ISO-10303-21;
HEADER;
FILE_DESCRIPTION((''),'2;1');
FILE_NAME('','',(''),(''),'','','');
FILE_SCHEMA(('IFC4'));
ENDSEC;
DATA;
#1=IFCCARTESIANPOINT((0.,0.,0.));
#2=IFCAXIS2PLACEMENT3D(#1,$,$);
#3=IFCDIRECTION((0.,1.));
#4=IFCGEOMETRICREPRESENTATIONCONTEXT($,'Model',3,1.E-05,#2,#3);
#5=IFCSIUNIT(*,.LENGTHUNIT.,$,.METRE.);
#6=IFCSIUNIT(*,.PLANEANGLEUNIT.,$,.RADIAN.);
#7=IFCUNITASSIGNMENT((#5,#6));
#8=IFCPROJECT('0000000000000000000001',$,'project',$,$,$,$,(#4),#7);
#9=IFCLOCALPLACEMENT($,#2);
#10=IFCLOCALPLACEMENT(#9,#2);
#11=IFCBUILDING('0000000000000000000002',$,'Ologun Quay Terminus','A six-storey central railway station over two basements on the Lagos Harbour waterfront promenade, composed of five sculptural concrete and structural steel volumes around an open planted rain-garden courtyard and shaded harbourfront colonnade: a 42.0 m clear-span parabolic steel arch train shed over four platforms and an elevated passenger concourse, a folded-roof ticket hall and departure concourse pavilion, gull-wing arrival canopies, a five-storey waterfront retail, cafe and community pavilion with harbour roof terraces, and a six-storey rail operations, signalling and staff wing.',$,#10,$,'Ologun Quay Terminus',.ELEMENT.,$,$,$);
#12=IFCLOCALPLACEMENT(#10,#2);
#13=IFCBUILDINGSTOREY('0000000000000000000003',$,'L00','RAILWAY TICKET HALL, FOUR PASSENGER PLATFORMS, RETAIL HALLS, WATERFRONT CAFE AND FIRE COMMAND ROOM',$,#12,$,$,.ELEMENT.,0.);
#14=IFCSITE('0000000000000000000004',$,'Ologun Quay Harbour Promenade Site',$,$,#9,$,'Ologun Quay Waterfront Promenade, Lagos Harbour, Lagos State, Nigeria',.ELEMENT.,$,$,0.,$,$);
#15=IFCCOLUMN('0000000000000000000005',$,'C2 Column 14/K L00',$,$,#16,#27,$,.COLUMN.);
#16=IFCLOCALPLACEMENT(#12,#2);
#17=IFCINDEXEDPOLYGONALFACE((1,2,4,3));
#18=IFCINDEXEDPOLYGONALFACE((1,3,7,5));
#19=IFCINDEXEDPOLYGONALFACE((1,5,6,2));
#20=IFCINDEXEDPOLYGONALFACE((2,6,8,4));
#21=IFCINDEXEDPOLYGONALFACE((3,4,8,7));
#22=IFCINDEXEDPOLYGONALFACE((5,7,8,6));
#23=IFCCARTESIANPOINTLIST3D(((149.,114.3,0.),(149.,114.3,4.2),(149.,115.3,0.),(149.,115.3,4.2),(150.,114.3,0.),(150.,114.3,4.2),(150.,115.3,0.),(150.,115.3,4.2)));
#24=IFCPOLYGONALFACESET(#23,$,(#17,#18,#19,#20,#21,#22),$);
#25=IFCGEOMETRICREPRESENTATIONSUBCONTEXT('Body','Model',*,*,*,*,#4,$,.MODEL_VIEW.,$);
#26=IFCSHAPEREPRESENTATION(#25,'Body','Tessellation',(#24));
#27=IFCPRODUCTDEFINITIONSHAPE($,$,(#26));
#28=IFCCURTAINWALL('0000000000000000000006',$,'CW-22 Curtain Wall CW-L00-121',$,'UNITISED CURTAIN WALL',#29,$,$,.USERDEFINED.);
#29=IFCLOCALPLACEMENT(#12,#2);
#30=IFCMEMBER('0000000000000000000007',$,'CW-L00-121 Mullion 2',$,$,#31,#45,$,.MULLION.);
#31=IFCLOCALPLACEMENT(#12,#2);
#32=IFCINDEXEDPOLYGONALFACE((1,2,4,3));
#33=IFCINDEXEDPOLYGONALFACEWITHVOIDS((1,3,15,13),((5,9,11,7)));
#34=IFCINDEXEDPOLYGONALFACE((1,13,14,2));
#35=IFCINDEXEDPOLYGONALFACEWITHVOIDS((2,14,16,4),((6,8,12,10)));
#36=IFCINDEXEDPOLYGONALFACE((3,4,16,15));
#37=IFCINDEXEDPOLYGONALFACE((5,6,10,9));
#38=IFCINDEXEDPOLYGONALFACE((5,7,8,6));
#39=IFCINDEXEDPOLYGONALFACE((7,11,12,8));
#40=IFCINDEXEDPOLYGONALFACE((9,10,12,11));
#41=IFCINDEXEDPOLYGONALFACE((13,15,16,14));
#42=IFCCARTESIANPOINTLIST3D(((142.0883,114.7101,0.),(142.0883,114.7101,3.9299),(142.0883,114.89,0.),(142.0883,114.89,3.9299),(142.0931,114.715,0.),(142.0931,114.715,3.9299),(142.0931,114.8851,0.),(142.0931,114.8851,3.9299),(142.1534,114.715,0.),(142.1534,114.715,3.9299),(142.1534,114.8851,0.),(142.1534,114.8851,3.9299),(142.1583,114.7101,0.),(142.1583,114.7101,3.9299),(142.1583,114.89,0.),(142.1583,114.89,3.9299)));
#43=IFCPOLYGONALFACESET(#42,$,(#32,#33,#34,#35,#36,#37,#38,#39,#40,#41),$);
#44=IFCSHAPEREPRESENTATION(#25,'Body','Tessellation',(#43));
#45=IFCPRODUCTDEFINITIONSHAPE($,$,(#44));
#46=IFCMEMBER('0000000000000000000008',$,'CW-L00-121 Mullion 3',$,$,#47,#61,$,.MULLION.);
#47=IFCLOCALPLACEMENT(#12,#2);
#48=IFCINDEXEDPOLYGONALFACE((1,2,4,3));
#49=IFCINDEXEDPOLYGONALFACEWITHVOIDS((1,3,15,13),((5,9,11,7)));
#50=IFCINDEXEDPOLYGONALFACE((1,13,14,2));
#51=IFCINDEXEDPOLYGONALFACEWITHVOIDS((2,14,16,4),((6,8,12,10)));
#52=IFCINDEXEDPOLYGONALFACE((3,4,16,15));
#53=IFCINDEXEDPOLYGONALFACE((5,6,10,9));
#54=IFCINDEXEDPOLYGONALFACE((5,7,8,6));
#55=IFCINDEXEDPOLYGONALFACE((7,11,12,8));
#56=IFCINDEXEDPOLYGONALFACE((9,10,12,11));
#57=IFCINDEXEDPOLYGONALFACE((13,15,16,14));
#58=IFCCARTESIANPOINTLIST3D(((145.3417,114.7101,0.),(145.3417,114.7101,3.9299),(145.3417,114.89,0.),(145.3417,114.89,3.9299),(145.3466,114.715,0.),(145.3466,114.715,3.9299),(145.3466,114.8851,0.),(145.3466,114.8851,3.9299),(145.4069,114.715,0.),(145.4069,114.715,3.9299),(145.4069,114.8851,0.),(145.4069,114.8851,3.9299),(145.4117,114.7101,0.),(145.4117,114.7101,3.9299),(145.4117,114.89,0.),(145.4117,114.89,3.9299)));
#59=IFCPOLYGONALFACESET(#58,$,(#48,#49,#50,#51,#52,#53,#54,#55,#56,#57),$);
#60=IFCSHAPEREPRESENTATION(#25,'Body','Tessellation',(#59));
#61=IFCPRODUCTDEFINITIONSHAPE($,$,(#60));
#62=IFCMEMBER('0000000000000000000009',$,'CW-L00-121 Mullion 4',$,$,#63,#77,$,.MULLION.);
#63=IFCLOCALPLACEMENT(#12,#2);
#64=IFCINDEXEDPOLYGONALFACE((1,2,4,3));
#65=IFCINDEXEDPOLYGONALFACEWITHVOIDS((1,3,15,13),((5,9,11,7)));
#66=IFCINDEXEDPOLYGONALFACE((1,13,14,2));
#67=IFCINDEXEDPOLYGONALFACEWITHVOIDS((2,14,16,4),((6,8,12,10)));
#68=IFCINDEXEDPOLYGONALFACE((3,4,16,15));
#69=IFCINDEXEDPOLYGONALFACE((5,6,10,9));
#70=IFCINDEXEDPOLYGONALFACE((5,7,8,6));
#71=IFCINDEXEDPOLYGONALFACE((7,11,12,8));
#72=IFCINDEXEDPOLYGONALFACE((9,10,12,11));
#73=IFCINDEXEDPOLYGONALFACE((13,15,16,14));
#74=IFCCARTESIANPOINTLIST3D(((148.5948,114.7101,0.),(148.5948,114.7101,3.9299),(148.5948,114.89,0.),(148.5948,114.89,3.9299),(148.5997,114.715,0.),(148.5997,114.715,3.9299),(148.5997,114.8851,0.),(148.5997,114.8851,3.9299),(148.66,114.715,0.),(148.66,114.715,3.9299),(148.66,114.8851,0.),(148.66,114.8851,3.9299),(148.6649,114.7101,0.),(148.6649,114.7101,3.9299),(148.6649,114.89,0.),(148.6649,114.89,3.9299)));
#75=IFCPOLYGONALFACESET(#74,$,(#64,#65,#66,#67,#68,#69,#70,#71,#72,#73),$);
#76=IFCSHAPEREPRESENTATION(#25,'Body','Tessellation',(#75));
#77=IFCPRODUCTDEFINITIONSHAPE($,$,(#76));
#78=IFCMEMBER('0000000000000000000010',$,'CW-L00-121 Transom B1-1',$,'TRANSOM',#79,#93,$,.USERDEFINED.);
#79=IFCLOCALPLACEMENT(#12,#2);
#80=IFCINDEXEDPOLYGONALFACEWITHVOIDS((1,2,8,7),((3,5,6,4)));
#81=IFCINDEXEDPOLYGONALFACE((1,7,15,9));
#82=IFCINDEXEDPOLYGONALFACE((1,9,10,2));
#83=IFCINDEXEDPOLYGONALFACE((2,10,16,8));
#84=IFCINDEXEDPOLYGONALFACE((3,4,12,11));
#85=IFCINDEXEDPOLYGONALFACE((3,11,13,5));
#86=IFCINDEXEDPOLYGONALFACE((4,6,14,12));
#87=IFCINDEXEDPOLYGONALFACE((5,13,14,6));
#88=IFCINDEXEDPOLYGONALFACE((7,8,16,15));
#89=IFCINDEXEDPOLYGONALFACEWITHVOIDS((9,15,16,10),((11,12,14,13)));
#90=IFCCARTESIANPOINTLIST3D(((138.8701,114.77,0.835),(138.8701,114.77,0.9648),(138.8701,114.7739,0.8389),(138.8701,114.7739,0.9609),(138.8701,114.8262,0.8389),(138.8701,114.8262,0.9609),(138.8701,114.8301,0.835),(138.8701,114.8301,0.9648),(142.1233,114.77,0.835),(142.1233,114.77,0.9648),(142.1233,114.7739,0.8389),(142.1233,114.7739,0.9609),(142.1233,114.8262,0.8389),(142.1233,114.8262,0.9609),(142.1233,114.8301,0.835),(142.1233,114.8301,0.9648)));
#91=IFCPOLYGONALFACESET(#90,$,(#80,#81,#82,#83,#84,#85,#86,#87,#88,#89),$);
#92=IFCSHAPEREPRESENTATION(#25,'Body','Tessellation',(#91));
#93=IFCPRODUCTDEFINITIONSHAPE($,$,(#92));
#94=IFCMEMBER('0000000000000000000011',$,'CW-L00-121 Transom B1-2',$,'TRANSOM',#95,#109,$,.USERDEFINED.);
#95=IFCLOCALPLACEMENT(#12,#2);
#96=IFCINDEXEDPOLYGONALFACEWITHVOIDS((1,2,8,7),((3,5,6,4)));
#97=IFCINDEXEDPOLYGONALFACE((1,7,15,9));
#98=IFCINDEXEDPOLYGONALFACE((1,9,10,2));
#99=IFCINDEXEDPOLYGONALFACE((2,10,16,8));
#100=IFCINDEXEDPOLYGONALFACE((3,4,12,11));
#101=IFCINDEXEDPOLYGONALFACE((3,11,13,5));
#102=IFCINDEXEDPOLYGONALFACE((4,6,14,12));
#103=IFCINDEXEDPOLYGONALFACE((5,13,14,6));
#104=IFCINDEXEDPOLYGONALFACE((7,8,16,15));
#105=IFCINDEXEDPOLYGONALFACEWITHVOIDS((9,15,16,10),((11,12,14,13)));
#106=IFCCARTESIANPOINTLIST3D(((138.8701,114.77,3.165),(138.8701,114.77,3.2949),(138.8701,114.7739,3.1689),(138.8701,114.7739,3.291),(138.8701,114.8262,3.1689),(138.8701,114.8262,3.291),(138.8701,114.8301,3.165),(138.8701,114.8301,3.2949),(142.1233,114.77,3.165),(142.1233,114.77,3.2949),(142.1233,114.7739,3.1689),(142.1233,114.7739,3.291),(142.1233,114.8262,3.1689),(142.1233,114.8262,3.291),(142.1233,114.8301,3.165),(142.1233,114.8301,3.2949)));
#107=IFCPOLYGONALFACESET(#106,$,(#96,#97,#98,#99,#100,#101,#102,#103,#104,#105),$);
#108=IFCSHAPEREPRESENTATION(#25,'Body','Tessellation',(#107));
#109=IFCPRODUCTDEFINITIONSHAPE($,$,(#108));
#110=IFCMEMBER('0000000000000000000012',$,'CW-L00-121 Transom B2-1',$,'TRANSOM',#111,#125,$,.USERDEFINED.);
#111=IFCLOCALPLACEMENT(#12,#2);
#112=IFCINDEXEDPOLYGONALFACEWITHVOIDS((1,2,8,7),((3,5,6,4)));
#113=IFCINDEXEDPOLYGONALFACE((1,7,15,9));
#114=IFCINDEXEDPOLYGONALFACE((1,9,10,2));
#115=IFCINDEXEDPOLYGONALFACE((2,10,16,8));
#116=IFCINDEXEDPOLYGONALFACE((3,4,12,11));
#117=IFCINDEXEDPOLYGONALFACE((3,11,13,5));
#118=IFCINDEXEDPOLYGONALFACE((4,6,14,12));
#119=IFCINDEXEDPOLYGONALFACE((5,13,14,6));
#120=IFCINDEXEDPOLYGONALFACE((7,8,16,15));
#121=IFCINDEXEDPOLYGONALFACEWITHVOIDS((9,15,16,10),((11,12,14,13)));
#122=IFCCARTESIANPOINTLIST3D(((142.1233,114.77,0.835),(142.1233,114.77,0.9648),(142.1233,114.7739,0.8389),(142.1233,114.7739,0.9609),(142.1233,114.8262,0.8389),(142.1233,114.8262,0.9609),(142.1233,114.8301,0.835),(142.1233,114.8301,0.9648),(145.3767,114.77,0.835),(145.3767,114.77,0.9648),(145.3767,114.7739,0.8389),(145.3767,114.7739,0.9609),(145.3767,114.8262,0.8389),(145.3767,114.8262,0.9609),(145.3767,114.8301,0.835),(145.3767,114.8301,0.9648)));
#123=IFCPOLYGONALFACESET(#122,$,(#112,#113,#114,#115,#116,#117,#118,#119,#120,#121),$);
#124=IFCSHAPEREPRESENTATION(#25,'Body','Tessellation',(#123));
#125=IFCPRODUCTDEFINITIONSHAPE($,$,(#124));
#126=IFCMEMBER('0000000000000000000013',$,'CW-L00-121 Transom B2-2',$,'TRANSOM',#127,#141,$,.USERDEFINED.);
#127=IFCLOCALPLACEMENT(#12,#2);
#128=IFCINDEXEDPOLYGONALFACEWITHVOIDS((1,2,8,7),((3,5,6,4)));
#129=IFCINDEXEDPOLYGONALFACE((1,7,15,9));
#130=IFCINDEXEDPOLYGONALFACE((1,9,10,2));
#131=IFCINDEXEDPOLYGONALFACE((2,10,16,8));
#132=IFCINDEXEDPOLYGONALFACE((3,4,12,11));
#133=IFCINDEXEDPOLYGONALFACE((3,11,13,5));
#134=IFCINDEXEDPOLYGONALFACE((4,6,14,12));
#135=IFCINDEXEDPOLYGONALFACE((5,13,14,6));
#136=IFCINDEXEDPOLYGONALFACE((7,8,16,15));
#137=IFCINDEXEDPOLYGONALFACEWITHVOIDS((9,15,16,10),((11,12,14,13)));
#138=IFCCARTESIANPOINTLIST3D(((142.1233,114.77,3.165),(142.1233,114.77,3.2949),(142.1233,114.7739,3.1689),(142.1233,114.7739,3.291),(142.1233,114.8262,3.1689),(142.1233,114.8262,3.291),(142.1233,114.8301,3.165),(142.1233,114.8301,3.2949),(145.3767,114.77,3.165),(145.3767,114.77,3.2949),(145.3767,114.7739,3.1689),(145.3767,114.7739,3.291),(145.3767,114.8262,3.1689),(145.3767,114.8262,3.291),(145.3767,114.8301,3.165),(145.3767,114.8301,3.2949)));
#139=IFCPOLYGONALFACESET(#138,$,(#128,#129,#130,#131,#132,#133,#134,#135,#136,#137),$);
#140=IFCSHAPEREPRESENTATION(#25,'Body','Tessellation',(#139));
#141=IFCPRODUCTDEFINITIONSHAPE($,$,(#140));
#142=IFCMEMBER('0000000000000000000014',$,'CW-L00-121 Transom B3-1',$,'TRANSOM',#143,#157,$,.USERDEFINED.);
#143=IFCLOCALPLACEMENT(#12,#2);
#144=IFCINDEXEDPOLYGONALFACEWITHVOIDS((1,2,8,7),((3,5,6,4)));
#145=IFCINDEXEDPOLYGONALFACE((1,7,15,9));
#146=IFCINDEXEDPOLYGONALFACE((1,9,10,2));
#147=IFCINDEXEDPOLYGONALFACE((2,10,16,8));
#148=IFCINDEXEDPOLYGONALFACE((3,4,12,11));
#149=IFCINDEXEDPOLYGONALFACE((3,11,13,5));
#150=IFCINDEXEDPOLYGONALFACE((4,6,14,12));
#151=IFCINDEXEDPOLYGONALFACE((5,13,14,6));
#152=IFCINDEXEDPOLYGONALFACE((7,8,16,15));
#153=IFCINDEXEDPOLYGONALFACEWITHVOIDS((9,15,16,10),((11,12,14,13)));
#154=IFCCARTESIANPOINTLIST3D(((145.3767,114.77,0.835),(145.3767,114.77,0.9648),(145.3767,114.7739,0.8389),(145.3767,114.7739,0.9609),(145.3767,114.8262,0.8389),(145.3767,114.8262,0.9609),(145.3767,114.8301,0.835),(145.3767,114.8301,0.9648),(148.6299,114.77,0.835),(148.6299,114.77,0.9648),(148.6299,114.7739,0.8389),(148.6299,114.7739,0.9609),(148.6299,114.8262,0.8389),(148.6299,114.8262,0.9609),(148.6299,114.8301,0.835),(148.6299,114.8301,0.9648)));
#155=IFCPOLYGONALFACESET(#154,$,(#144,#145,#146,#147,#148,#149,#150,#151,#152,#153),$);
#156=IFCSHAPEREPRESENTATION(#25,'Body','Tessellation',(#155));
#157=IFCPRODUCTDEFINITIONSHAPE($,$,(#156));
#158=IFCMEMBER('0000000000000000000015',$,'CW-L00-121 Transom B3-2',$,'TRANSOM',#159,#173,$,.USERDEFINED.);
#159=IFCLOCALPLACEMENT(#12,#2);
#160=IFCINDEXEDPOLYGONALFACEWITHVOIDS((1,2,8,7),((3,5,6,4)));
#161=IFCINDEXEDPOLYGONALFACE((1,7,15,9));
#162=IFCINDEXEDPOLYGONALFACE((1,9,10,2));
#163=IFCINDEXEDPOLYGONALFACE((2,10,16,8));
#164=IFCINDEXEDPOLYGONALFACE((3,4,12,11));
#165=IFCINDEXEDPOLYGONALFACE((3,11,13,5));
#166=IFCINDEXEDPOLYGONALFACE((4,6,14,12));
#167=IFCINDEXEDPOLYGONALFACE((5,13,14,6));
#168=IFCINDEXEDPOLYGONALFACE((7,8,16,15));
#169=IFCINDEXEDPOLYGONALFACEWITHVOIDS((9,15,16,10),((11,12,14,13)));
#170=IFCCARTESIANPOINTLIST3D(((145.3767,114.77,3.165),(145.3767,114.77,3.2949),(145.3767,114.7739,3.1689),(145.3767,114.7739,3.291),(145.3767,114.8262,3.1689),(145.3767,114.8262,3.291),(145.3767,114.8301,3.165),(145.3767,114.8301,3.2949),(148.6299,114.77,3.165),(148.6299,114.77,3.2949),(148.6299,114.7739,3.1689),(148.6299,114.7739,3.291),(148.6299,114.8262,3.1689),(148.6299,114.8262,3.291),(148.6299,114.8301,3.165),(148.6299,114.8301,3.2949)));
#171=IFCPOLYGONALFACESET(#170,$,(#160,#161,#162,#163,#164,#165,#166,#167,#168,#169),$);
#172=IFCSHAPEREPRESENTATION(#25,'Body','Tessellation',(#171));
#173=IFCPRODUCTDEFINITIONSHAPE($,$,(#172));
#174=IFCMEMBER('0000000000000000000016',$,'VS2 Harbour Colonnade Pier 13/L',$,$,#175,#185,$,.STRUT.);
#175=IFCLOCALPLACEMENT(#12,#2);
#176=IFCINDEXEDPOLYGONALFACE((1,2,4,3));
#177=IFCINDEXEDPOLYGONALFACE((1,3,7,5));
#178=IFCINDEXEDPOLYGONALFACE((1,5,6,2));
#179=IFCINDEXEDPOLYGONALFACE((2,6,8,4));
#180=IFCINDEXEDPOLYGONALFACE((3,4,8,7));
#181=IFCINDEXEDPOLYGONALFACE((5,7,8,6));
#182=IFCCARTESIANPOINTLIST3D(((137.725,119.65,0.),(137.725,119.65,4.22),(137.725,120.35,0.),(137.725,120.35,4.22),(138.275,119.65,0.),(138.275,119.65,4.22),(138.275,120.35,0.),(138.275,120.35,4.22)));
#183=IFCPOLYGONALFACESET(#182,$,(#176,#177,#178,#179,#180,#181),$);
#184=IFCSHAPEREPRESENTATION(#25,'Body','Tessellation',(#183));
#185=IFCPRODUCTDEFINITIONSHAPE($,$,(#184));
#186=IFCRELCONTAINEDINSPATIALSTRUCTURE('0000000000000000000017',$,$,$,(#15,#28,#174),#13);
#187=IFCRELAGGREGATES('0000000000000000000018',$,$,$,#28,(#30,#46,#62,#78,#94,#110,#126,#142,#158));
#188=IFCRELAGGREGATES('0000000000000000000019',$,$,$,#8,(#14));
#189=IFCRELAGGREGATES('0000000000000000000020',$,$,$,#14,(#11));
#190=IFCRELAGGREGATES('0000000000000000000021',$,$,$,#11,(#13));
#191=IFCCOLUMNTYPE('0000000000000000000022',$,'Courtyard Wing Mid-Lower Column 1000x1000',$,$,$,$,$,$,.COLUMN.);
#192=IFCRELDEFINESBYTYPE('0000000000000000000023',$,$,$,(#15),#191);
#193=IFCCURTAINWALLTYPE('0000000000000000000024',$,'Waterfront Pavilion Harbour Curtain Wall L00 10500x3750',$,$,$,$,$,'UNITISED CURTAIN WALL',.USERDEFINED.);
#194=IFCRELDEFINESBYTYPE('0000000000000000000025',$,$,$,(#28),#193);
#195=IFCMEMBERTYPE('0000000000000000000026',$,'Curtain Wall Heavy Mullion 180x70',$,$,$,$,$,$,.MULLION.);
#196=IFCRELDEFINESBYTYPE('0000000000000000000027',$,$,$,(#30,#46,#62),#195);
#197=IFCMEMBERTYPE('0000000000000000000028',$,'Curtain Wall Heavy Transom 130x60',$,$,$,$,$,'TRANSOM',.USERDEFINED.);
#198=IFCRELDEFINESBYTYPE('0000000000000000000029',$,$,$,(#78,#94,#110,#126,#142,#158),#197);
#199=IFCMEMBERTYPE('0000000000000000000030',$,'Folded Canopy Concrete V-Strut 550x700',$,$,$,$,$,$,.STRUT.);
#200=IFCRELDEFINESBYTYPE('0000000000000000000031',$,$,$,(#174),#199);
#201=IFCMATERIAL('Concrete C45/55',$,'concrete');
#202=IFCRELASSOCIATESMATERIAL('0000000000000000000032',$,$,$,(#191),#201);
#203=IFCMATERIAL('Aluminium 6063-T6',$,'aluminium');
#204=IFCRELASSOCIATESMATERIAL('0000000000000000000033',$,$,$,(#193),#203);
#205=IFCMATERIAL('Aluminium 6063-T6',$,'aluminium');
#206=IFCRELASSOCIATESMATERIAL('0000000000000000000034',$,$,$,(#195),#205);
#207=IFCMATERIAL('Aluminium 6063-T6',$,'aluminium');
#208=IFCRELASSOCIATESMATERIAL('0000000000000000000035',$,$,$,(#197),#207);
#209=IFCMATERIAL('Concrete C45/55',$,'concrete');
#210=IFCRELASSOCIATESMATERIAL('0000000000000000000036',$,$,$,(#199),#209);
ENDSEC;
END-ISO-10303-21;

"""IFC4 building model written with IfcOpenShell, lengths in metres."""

from ifc_helpers import new_model, si_unit, direction, frame, origin, origin_2d, place, context, subcontext, project, spatial, rectangle, hollow_rectangle, extrude, material, material_profile, profile_set, type_object, element, aggregate, save


model = new_model("IFC4")

# Units and contexts
model_context = context("Model", 3, precision=1e-05, world=origin(), true_north=direction((0.0, 1.0)))
body_context = subcontext(model_context, "Body", "Model", "MODEL_VIEW")
ifc_project = project(units=[si_unit("LENGTHUNIT", "METRE"), si_unit("PLANEANGLEUNIT", "RADIAN")], contexts=[model_context])

# Site, building, storey
site_placement = place(None, origin())
site = spatial("IfcSite", under=ifc_project, at=site_placement, Name="Ologun Quay Harbour Promenade Site", LongName="Ologun Quay Waterfront Promenade, Lagos Harbour, Lagos State, Nigeria", CompositionType="ELEMENT", RefElevation=0.0)
building_placement = place(site_placement, origin())
building = spatial("IfcBuilding", under=site, at=building_placement, Name="Ologun Quay Terminus", Description="A six-storey central railway station over two basements on the Lagos Harbour waterfront promenade, composed of five sculptural concrete and structural steel volumes around an open planted rain-garden courtyard and shaded harbourfront colonnade: a 42.0 m clear-span parabolic steel arch train shed over four platforms and an elevated passenger concourse, a folded-roof ticket hall and departure concourse pavilion, gull-wing arrival canopies, a five-storey waterfront retail, cafe and community pavilion with harbour roof terraces, and a six-storey rail operations, signalling and staff wing.", LongName="Ologun Quay Terminus", CompositionType="ELEMENT")
storey_placement = place(building_placement, origin())
storey = spatial("IfcBuildingStorey", under=building, at=storey_placement, Name="L00", Description="RAILWAY TICKET HALL, FOUR PASSENGER PLATFORMS, RETAIL HALLS, WATERFRONT CAFE AND FIRE COMMAND ROOM", CompositionType="ELEMENT", Elevation=0.0)

# Column
ifc_material_1 = material(Name="Concrete C45/55", Category="concrete")
ifc_material_profile_1 = material_profile(ifc_material_1, rectangle(XDim=1.0, YDim=1.0, at=origin_2d()), Name="RC 1000x1000")
ifc_profile_set_1 = profile_set([ifc_material_profile_1], Name="Concrete C45/55")
column_type = type_object("IfcColumnType", Name="Courtyard Wing Mid-Lower Column 1000x1000", PredefinedType="COLUMN", material=ifc_profile_set_1)
column_placement = place(storey_placement, frame((149.5, 114.8, 0.0), z_axis=(0.0, 0.0, 1.0), x_axis=(1.0, 0.0, 0.0)))
element("IfcColumn", 1, at=column_placement, inside=storey, type_object=column_type, Name="C2 Column 14/K L00", PredefinedType="COLUMN", context=body_context, shape_type="SweptSolid", body=[
    extrude(rectangle(XDim=1.0, YDim=1.0, at=origin_2d()), origin(), (0.0, 0.0, 1.0), 4.2),
])

# Curtain wall, members
ifc_material_2 = material(Name="Aluminium 6063-T6", Category="aluminium")
curtain_wall_type = type_object("IfcCurtainWallType", Name="Waterfront Pavilion Harbour Curtain Wall L00 10500x3750", ElementType="UNITISED CURTAIN WALL", PredefinedType="USERDEFINED", material=ifc_material_2)
curtain_wall_placement = place(storey_placement, origin())
curtain_wall = element("IfcCurtainWall", 2, at=curtain_wall_placement, inside=storey, type_object=curtain_wall_type, Name="CW-22 Curtain Wall CW-L00-121", ObjectType="UNITISED CURTAIN WALL", PredefinedType="USERDEFINED")
ifc_material_3 = material(Name="Aluminium 6063-T6", Category="aluminium")
ifc_material_profile_2 = material_profile(ifc_material_3, hollow_rectangle(XDim=0.0701, YDim=0.1799, WallThickness=0.0049, at=origin_2d()), Name="ALU 180x70x5")
ifc_profile_set_2 = profile_set([ifc_material_profile_2], Name="Aluminium 6063-T6")
member_type_1 = type_object("IfcMemberType", Name="Curtain Wall Heavy Mullion 180x70", PredefinedType="MULLION", material=ifc_profile_set_2)
member_1_placement = place(storey_placement, frame((142.1233, 114.8, 0.0), z_axis=(0.0, 0.0, 1.0), x_axis=(1.0, 0.0, 0.0)))
member_1 = element("IfcMember", 3, at=member_1_placement, type_object=member_type_1, Name="CW-L00-121 Mullion 2", PredefinedType="MULLION", context=body_context, shape_type="SweptSolid", body=[
    extrude(hollow_rectangle(XDim=0.0701, YDim=0.1799, WallThickness=0.0049, at=origin_2d()), origin(), (0.0, 0.0, 1.0), 3.9299),
])
member_2_placement = place(storey_placement, frame((145.3767, 114.8, 0.0), z_axis=(0.0, 0.0, 1.0), x_axis=(1.0, 0.0, 0.0)))
member_2 = element("IfcMember", 4, at=member_2_placement, type_object=member_type_1, Name="CW-L00-121 Mullion 3", PredefinedType="MULLION", context=body_context, shape_type="SweptSolid", body=[
    extrude(hollow_rectangle(XDim=0.0701, YDim=0.1799, WallThickness=0.0049, at=origin_2d()), origin(), (0.0, 0.0, 1.0), 3.9299),
])
member_3_placement = place(storey_placement, frame((148.6299, 114.8, 0.0), z_axis=(0.0, 0.0, 1.0), x_axis=(1.0, 0.0, 0.0)))
member_3 = element("IfcMember", 5, at=member_3_placement, type_object=member_type_1, Name="CW-L00-121 Mullion 4", PredefinedType="MULLION", context=body_context, shape_type="SweptSolid", body=[
    extrude(hollow_rectangle(XDim=0.0701, YDim=0.1799, WallThickness=0.0049, at=origin_2d()), origin(), (0.0, 0.0, 1.0), 3.9299),
])
ifc_material_4 = material(Name="Aluminium 6063-T6", Category="aluminium")
ifc_material_profile_3 = material_profile(ifc_material_4, hollow_rectangle(XDim=0.0601, YDim=0.1299, WallThickness=0.0039, at=origin_2d()), Name="ALU 130x60x4")
ifc_profile_set_3 = profile_set([ifc_material_profile_3], Name="Aluminium 6063-T6")
member_type_2 = type_object("IfcMemberType", Name="Curtain Wall Heavy Transom 130x60", ElementType="TRANSOM", PredefinedType="USERDEFINED", material=ifc_profile_set_3)
member_4_placement = place(storey_placement, frame((138.8701, 114.8, 0.8999), z_axis=(1.0, 0.0, 0.0), x_axis=(0.0, 1.0, 0.0)))
member_4 = element("IfcMember", 6, at=member_4_placement, type_object=member_type_2, Name="CW-L00-121 Transom B1-1", ObjectType="TRANSOM", PredefinedType="USERDEFINED", context=body_context, shape_type="SweptSolid", body=[
    extrude(hollow_rectangle(XDim=0.0601, YDim=0.1299, WallThickness=0.0039, at=origin_2d()), origin(), (0.0, 0.0, 1.0), 3.2532),
])
member_5_placement = place(storey_placement, frame((138.8701, 114.8, 3.23), z_axis=(1.0, 0.0, 0.0), x_axis=(0.0, 1.0, 0.0)))
member_5 = element("IfcMember", 7, at=member_5_placement, type_object=member_type_2, Name="CW-L00-121 Transom B1-2", ObjectType="TRANSOM", PredefinedType="USERDEFINED", context=body_context, shape_type="SweptSolid", body=[
    extrude(hollow_rectangle(XDim=0.0601, YDim=0.1299, WallThickness=0.0039, at=origin_2d()), origin(), (0.0, 0.0, 1.0), 3.2532),
])
member_6_placement = place(storey_placement, frame((142.1233, 114.8, 0.8999), z_axis=(1.0, 0.0, 0.0), x_axis=(0.0, 1.0, 0.0)))
member_6 = element("IfcMember", 8, at=member_6_placement, type_object=member_type_2, Name="CW-L00-121 Transom B2-1", ObjectType="TRANSOM", PredefinedType="USERDEFINED", context=body_context, shape_type="SweptSolid", body=[
    extrude(hollow_rectangle(XDim=0.0601, YDim=0.1299, WallThickness=0.0039, at=origin_2d()), origin(), (0.0, 0.0, 1.0), 3.2534),
])
member_7_placement = place(storey_placement, frame((142.1233, 114.8, 3.23), z_axis=(1.0, 0.0, 0.0), x_axis=(0.0, 1.0, 0.0)))
member_7 = element("IfcMember", 9, at=member_7_placement, type_object=member_type_2, Name="CW-L00-121 Transom B2-2", ObjectType="TRANSOM", PredefinedType="USERDEFINED", context=body_context, shape_type="SweptSolid", body=[
    extrude(hollow_rectangle(XDim=0.0601, YDim=0.1299, WallThickness=0.0039, at=origin_2d()), origin(), (0.0, 0.0, 1.0), 3.2534),
])
member_8_placement = place(storey_placement, frame((145.3767, 114.8, 0.8999), z_axis=(1.0, 0.0, 0.0), x_axis=(0.0, 1.0, 0.0)))
member_8 = element("IfcMember", 10, at=member_8_placement, type_object=member_type_2, Name="CW-L00-121 Transom B3-1", ObjectType="TRANSOM", PredefinedType="USERDEFINED", context=body_context, shape_type="SweptSolid", body=[
    extrude(hollow_rectangle(XDim=0.0601, YDim=0.1299, WallThickness=0.0039, at=origin_2d()), origin(), (0.0, 0.0, 1.0), 3.2532),
])
member_9_placement = place(storey_placement, frame((145.3767, 114.8, 3.23), z_axis=(1.0, 0.0, 0.0), x_axis=(0.0, 1.0, 0.0)))
member_9 = element("IfcMember", 11, at=member_9_placement, type_object=member_type_2, Name="CW-L00-121 Transom B3-2", ObjectType="TRANSOM", PredefinedType="USERDEFINED", context=body_context, shape_type="SweptSolid", body=[
    extrude(hollow_rectangle(XDim=0.0601, YDim=0.1299, WallThickness=0.0039, at=origin_2d()), origin(), (0.0, 0.0, 1.0), 3.2532),
])

# Member
ifc_material_5 = material(Name="Concrete C45/55", Category="concrete")
ifc_material_profile_4 = material_profile(ifc_material_5, rectangle(XDim=0.55, YDim=0.7, at=origin_2d()), Name="RC 550x700")
ifc_profile_set_4 = profile_set([ifc_material_profile_4], Name="Concrete C45/55")
member_type_3 = type_object("IfcMemberType", Name="Folded Canopy Concrete V-Strut 550x700", PredefinedType="STRUT", material=ifc_profile_set_4)
member_10_placement = place(storey_placement, frame((138.0, 120.0, 0.0), z_axis=(0.0, 0.0, 1.0), x_axis=(1.0, 0.0, 0.0)))
element("IfcMember", 12, at=member_10_placement, inside=storey, type_object=member_type_3, Name="VS2 Harbour Colonnade Pier 13/L", PredefinedType="STRUT", context=body_context, shape_type="SweptSolid", body=[
    extrude(rectangle(XDim=0.55, YDim=0.7, at=origin_2d()), origin(), (0.0, 0.0, 1.0), 4.22),
])

aggregate(curtain_wall, [member_1, member_2, member_3, member_4, member_5, member_6, member_7, member_8, member_9])

save(model, "model.ifc")
